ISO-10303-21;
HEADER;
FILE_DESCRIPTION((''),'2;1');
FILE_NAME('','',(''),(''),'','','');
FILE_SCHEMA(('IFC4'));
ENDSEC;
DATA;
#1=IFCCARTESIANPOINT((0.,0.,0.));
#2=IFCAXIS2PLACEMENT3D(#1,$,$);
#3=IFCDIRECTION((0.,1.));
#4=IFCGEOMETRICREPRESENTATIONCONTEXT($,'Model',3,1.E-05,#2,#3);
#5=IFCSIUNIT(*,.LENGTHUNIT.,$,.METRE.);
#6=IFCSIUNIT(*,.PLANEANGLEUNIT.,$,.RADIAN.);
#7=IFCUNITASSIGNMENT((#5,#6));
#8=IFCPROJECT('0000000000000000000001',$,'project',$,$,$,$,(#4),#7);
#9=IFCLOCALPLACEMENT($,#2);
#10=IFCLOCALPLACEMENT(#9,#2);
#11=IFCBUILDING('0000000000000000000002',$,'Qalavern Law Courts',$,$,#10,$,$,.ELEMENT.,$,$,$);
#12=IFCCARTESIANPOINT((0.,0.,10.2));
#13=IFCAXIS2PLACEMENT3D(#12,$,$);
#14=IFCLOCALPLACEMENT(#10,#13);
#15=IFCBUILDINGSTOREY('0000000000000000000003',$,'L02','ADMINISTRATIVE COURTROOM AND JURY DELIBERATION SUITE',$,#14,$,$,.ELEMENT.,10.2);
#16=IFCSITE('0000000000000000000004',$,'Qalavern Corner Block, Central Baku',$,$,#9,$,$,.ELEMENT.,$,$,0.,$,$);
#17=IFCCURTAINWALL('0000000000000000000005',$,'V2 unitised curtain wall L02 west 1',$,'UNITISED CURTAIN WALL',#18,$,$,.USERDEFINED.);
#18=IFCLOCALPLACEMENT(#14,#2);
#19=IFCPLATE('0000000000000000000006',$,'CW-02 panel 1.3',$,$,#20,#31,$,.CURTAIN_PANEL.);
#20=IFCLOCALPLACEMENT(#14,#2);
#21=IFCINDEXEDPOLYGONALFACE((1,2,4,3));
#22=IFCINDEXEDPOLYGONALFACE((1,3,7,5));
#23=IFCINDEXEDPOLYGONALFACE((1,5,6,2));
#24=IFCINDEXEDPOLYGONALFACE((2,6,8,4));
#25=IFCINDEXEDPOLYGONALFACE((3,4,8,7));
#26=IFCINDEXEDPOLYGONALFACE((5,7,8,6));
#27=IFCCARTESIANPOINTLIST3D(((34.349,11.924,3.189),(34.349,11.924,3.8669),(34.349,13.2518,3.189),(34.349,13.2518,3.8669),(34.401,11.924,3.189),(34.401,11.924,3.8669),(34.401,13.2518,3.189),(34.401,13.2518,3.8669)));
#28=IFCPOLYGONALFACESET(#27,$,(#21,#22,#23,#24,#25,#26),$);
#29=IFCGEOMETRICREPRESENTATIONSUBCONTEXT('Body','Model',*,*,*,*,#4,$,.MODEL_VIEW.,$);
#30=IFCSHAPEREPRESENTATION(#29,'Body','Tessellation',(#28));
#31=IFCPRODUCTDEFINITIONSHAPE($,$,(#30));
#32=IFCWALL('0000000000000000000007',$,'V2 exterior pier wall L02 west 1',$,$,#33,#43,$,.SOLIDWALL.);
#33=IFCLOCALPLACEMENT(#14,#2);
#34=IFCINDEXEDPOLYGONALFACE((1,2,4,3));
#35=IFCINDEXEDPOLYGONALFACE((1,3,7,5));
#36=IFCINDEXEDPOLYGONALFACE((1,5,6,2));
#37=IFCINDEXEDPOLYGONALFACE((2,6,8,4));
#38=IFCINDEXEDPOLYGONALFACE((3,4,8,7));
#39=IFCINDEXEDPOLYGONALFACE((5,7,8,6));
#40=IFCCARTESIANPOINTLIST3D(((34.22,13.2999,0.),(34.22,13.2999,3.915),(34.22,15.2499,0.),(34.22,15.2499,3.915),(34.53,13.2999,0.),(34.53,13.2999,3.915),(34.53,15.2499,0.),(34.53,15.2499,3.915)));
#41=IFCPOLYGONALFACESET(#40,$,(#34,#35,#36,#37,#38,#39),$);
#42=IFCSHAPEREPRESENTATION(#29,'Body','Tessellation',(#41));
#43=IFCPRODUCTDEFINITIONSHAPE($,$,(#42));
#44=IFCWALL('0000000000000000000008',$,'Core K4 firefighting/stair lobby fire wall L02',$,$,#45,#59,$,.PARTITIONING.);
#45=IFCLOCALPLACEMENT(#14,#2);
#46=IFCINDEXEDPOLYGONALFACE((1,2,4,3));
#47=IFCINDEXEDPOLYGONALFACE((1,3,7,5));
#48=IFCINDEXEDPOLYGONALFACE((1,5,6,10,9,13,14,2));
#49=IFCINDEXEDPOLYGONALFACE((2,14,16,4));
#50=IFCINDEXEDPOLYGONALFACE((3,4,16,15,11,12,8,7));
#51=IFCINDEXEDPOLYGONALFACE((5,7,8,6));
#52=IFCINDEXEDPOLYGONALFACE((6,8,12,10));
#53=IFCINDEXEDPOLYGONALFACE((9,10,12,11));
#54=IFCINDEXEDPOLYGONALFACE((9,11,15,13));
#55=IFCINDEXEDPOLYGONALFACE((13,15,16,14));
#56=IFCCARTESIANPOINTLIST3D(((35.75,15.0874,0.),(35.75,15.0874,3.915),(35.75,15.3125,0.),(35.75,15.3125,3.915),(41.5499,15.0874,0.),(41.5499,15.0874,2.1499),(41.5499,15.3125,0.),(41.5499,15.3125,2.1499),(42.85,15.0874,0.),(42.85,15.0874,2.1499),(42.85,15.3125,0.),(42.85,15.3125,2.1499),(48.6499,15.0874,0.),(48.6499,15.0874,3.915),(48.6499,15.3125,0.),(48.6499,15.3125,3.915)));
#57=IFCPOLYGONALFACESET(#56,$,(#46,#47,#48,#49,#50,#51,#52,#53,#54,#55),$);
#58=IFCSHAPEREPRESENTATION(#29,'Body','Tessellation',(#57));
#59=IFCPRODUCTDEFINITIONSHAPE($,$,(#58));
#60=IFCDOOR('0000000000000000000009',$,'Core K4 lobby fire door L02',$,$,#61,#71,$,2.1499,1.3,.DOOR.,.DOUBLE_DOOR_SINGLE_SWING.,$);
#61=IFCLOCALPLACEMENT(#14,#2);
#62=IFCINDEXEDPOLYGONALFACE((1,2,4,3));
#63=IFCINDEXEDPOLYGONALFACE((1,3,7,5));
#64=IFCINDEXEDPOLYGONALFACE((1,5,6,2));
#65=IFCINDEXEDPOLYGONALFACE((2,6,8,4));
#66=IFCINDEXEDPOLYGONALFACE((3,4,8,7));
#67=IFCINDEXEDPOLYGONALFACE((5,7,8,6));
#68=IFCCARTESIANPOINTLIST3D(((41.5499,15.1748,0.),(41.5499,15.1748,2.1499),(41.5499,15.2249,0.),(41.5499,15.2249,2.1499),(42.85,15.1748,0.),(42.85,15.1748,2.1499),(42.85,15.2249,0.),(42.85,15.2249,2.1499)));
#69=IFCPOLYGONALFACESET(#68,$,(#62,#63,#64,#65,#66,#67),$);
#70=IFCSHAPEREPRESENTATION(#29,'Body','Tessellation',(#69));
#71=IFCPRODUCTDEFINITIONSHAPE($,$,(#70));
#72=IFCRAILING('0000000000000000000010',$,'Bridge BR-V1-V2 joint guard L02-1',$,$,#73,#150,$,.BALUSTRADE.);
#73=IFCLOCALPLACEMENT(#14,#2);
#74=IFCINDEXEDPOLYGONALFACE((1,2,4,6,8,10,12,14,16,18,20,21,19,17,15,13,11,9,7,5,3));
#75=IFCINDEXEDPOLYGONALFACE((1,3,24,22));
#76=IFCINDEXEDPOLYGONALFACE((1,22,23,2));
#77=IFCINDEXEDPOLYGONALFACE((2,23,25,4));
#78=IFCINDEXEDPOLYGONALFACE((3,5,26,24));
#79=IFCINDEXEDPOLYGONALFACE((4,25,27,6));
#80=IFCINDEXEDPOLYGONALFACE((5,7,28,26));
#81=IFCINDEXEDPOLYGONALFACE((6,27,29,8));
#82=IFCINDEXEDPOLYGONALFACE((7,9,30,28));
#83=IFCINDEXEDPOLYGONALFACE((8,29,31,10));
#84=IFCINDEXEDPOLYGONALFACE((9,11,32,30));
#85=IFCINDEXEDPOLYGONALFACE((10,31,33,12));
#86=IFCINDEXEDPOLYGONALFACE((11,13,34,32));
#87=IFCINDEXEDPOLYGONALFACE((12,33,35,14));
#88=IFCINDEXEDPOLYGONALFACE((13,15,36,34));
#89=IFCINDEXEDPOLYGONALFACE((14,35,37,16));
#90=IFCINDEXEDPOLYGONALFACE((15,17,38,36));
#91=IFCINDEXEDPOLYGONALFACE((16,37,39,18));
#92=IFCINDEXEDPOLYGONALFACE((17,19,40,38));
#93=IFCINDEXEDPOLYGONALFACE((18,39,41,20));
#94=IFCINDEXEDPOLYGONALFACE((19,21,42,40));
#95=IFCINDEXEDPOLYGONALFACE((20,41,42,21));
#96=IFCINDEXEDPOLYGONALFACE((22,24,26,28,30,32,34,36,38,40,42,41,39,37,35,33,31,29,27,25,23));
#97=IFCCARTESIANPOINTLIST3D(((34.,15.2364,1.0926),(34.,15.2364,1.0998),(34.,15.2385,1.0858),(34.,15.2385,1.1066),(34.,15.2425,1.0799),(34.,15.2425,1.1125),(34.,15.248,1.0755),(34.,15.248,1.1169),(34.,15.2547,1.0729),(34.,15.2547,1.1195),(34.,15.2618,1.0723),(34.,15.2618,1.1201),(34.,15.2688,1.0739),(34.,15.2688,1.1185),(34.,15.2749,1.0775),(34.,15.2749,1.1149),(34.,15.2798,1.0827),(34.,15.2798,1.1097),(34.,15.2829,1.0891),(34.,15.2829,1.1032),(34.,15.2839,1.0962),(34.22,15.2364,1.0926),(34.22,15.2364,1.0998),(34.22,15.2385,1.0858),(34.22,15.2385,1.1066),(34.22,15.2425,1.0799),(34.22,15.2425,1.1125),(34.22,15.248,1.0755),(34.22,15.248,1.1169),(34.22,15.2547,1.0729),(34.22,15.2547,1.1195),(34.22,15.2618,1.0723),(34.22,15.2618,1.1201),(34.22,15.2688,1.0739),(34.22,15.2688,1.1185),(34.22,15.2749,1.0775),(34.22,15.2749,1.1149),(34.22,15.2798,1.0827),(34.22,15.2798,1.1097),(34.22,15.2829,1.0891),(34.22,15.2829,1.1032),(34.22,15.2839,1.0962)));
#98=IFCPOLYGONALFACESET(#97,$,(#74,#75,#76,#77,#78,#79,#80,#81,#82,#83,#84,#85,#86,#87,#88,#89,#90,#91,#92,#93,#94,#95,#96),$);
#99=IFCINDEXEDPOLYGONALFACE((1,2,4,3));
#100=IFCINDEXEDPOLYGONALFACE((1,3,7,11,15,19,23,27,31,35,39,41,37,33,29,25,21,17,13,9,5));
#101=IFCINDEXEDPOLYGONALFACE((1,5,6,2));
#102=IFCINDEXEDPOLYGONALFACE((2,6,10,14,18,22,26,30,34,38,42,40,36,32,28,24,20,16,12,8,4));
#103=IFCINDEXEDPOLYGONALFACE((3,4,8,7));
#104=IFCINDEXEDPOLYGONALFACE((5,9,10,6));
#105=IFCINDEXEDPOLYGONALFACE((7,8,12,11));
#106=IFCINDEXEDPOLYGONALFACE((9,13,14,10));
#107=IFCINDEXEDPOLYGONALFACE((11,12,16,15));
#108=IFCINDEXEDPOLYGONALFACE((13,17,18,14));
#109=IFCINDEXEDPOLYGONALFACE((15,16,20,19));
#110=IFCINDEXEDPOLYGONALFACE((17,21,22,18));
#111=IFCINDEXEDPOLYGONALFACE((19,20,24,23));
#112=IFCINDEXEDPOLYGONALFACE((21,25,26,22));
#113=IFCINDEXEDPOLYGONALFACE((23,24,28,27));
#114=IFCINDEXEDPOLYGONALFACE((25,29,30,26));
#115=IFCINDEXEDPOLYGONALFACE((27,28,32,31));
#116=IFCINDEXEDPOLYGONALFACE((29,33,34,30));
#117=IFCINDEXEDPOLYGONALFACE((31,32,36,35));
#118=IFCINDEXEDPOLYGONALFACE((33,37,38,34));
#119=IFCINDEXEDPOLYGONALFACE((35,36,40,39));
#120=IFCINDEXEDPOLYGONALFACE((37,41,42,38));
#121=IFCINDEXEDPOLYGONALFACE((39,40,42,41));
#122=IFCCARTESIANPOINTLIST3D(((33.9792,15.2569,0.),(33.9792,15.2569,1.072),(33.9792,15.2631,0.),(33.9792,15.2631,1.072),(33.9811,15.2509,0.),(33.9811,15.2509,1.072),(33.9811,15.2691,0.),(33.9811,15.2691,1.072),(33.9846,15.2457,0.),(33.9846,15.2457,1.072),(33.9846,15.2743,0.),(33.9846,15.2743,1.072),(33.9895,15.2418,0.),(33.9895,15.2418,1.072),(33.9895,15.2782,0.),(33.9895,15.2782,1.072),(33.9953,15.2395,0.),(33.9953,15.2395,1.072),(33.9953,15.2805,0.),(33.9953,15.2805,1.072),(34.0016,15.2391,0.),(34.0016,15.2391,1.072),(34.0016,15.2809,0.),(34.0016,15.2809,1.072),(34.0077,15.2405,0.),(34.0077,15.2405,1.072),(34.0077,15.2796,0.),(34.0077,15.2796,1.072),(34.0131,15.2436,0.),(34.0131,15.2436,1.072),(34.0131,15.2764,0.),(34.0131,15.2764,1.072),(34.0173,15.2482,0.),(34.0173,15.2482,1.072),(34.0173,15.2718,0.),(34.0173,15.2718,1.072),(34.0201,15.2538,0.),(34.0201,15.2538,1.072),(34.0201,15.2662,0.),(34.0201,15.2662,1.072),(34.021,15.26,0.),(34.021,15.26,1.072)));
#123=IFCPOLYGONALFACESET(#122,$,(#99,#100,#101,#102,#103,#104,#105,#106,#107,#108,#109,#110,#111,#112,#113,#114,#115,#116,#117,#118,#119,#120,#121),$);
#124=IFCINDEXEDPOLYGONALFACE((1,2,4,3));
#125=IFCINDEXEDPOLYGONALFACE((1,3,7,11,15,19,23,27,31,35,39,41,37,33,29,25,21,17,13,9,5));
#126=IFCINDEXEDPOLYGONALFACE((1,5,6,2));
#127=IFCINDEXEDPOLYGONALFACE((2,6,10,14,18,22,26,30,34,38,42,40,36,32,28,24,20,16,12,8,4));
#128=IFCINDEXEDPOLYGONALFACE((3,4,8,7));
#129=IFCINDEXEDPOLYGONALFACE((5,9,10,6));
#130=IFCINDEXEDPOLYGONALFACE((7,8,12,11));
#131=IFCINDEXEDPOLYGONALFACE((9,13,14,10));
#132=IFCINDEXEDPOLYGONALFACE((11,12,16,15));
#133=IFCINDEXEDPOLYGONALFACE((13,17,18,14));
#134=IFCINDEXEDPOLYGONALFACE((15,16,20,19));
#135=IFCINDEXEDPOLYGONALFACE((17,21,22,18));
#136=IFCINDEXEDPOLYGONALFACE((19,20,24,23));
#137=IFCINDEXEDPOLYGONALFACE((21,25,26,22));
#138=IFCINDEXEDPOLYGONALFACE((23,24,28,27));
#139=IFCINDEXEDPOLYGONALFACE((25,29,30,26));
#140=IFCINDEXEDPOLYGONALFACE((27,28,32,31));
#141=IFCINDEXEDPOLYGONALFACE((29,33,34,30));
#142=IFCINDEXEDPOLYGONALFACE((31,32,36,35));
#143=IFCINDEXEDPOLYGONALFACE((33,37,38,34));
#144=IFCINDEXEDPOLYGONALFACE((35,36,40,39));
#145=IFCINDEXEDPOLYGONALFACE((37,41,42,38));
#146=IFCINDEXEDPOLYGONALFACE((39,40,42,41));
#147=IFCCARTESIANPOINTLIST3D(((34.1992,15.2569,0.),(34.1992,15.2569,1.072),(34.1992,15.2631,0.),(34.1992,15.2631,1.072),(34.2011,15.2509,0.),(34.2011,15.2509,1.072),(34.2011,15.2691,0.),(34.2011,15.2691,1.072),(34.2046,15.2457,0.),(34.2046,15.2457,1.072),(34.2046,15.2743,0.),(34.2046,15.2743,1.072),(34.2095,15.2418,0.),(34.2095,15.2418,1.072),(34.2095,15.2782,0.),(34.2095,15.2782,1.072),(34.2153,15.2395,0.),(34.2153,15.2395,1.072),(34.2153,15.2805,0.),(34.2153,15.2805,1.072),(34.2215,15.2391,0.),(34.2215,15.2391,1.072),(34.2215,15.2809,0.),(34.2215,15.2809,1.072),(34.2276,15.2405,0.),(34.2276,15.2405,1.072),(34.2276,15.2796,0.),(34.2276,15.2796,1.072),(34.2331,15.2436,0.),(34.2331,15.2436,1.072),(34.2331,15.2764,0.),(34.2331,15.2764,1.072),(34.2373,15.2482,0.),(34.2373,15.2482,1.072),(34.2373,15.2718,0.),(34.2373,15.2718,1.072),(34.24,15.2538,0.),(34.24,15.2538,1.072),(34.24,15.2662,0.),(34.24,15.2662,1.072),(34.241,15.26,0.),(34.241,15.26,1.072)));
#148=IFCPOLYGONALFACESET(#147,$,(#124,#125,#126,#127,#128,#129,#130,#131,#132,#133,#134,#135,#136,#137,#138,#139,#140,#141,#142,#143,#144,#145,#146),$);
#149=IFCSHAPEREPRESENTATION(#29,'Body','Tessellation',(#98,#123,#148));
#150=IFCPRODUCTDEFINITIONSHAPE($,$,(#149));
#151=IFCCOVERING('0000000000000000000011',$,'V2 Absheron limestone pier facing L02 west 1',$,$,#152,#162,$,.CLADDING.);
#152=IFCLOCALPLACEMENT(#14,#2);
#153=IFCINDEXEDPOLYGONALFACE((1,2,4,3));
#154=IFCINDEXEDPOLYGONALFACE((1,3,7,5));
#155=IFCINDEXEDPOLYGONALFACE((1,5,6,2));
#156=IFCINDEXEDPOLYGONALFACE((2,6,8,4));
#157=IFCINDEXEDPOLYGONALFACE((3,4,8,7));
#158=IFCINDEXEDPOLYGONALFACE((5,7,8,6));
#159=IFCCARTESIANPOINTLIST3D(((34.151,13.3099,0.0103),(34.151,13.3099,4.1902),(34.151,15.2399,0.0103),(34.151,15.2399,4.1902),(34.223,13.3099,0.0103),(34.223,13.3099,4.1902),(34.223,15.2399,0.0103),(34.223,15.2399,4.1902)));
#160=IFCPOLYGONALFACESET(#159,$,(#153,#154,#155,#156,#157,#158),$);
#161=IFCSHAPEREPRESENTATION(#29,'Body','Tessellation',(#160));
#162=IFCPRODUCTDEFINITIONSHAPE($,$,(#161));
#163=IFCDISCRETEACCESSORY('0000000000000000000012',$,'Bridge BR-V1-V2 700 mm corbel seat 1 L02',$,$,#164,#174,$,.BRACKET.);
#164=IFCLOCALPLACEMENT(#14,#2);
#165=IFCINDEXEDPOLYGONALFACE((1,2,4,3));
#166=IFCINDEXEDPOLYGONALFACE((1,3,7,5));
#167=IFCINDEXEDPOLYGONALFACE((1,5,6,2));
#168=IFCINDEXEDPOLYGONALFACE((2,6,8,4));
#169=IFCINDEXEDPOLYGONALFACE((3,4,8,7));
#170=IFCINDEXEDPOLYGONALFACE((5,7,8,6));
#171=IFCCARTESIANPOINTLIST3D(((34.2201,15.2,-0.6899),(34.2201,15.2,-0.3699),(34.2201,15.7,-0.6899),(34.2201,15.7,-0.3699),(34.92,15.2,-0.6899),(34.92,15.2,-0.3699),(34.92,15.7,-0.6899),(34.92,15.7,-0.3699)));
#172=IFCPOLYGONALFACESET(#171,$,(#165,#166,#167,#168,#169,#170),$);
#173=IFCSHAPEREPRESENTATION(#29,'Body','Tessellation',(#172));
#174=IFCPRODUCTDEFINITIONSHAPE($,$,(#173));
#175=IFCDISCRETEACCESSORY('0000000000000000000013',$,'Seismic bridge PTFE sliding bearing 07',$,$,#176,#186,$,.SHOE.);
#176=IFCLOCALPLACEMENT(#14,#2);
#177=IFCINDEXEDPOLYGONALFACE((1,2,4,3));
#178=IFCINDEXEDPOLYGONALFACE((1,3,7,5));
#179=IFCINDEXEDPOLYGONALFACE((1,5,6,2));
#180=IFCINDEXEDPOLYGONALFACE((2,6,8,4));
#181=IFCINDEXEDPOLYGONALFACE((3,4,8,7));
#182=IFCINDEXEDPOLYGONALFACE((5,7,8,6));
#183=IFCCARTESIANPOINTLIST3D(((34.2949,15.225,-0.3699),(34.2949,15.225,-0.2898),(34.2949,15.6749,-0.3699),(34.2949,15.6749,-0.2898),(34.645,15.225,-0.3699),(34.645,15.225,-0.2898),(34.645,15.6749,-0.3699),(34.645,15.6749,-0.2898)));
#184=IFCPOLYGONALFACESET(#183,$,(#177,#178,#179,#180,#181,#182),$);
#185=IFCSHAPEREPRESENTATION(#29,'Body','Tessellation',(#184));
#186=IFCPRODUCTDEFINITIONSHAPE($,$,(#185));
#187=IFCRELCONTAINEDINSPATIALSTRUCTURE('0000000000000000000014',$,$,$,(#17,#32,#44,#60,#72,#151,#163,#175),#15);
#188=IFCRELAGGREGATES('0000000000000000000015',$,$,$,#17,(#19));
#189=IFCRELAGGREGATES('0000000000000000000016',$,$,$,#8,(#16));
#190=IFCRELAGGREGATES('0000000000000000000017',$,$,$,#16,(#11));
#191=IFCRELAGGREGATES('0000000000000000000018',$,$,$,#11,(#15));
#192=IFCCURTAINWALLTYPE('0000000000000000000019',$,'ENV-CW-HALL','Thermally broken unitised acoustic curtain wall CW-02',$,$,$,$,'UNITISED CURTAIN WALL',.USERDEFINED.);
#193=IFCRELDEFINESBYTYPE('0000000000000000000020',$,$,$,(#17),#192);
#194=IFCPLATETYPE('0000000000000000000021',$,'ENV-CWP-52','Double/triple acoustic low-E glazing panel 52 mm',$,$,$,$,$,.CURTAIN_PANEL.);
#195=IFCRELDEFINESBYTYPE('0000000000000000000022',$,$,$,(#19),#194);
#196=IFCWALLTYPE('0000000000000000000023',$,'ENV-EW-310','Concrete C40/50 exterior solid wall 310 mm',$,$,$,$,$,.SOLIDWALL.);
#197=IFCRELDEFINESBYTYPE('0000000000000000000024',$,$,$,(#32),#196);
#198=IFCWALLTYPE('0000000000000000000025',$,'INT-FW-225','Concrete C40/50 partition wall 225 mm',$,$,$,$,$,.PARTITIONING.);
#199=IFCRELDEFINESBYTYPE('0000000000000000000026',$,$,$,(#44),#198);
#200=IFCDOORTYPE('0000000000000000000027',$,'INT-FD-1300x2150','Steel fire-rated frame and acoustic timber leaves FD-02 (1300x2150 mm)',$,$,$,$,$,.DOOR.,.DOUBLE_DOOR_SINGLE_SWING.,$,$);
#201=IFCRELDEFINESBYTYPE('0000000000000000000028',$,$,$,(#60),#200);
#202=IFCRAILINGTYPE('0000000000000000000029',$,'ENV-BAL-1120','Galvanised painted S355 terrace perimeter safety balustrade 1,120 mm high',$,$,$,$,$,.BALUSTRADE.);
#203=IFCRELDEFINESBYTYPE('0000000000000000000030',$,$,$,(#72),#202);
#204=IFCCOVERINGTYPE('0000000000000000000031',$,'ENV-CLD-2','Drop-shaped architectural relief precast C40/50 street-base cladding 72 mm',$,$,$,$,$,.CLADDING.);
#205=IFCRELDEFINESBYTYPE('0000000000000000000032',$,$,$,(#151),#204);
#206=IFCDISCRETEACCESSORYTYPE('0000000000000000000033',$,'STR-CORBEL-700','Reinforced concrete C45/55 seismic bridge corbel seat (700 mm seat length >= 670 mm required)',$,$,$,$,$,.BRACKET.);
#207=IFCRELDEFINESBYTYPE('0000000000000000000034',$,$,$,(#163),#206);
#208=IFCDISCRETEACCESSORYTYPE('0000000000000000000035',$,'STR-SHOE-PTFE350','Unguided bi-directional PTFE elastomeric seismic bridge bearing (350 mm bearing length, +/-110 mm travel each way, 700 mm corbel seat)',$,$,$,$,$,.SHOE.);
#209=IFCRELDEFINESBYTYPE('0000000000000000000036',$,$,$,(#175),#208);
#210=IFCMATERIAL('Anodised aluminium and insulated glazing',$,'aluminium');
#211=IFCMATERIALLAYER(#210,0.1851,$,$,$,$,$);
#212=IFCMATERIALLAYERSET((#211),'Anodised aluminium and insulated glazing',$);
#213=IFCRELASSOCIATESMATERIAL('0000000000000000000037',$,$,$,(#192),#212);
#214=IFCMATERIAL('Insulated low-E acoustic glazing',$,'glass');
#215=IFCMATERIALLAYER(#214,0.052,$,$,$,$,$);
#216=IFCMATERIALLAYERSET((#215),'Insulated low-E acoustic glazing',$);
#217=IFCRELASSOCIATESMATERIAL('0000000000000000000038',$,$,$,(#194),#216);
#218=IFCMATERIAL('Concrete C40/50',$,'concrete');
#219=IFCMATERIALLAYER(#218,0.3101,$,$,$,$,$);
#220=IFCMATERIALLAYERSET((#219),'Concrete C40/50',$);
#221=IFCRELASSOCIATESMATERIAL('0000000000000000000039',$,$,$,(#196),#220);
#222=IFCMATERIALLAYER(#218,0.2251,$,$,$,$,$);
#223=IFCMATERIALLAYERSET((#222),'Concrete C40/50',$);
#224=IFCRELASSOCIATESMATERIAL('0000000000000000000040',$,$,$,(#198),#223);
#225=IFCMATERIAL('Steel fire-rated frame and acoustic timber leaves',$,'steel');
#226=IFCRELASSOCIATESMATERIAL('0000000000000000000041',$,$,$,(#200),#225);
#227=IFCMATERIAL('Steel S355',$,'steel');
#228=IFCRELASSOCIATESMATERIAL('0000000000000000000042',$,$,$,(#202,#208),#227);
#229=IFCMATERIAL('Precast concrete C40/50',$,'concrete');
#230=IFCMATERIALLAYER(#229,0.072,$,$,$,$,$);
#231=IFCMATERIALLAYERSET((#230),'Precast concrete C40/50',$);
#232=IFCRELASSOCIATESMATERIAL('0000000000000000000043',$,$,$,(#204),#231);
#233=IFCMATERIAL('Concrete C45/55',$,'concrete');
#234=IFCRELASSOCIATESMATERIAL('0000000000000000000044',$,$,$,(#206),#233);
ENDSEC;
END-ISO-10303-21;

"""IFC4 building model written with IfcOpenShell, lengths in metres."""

from ifc_helpers import new_model, si_unit, direction, frame, frame_2d, origin, origin_2d, place, context, subcontext, project, spatial, rectangle, circle, extrude, material, layer, layer_set, type_object, element, fill, aggregate, save


model = new_model("IFC4")

# Units and contexts
model_context = context("Model", 3, precision=1e-05, world=origin(), true_north=direction((0.0, 1.0)))
body_context = subcontext(model_context, "Body", "Model", "MODEL_VIEW")
ifc_project = project(units=[si_unit("LENGTHUNIT", "METRE"), si_unit("PLANEANGLEUNIT", "RADIAN")], contexts=[model_context])

# Site, building, storey
site_placement = place(None, origin())
site = spatial("IfcSite", under=ifc_project, at=site_placement, Name="Qalavern Corner Block, Central Baku", CompositionType="ELEMENT", RefElevation=0.0)
building_placement = place(site_placement, origin())
building = spatial("IfcBuilding", under=site, at=building_placement, Name="Qalavern Law Courts", CompositionType="ELEMENT")
storey_placement = place(building_placement, frame((0.0, 0.0, 10.2)))
storey = spatial("IfcBuildingStorey", under=building, at=storey_placement, Name="L02", Description="ADMINISTRATIVE COURTROOM AND JURY DELIBERATION SUITE", CompositionType="ELEMENT", Elevation=10.2)

# Shared definitions
ifc_material_1 = material(Name="Concrete C45/55", Category="concrete")

# Curtain wall
ifc_material_2 = material(Name="Anodised aluminium and insulated glazing", Category="aluminium")
ifc_layer_1 = layer(ifc_material_2, 0.1851)
ifc_layer_set_1 = layer_set([ifc_layer_1], Name="Anodised aluminium and insulated glazing")
curtain_wall_type = type_object("IfcCurtainWallType", Name="ENV-CW-HALL", Description="Thermally broken unitised acoustic curtain wall CW-02", ElementType="UNITISED CURTAIN WALL", PredefinedType="USERDEFINED", material=ifc_layer_set_1)
curtain_wall_placement = place(storey_placement, origin())
curtain_wall = element("IfcCurtainWall", 1, at=curtain_wall_placement, inside=storey, type_object=curtain_wall_type, Name="V2 unitised curtain wall L02 west 1", ObjectType="UNITISED CURTAIN WALL", PredefinedType="USERDEFINED")

# Shared definitions
ifc_material_3 = material(Name="Steel S355", Category="steel")
ifc_material_4 = material(Name="Concrete C40/50", Category="concrete")

# Plate
ifc_material_5 = material(Name="Insulated low-E acoustic glazing", Category="glass")
ifc_layer_2 = layer(ifc_material_5, 0.052)
ifc_layer_set_2 = layer_set([ifc_layer_2], Name="Insulated low-E acoustic glazing")
plate_type = type_object("IfcPlateType", Name="ENV-CWP-52", Description="Double/triple acoustic low-E glazing panel 52 mm", PredefinedType="CURTAIN_PANEL", material=ifc_layer_set_2)
plate_1_placement = place(storey_placement, frame((34.375, 12.5879, 3.189), z_axis=(0.0, 0.0, 1.0), x_axis=(0.0, -1.0, 0.0)))
plate_1 = element("IfcPlate", 2, at=plate_1_placement, type_object=plate_type, Name="CW-02 panel 1.3", PredefinedType="CURTAIN_PANEL", context=body_context, shape_type="SweptSolid", body=[
    extrude(rectangle(XDim=1.3279, YDim=0.052, at=origin_2d()), origin(), (0.0, 0.0, 1.0), 0.678),
])
aggregate(curtain_wall, [plate_1])

# Wall
ifc_layer_3 = layer(ifc_material_4, 0.3101)
ifc_layer_set_3 = layer_set([ifc_layer_3], Name="Concrete C40/50")
wall_type_1 = type_object("IfcWallType", Name="ENV-EW-310", Description="Concrete C40/50 exterior solid wall 310 mm", PredefinedType="SOLIDWALL", material=ifc_layer_set_3)
wall_1_placement = place(storey_placement, frame((34.375, 15.25, 0.0), z_axis=(0.0, 0.0, 1.0), x_axis=(0.0, -1.0, 0.0)))
element("IfcWall", 3, at=wall_1_placement, inside=storey, type_object=wall_type_1, Name="V2 exterior pier wall L02 west 1", PredefinedType="SOLIDWALL", context=body_context, shape_type="SweptSolid", body=[
    extrude(rectangle(XDim=1.95, YDim=0.3101, at=frame_2d((0.9751, 0.0))), origin(), (0.0, 0.0, 1.0), 3.915),
])

# Wall, opening, door
ifc_layer_4 = layer(ifc_material_4, 0.2251)
ifc_layer_set_4 = layer_set([ifc_layer_4], Name="Concrete C40/50")
wall_type_2 = type_object("IfcWallType", Name="INT-FW-225", Description="Concrete C40/50 partition wall 225 mm", PredefinedType="PARTITIONING", material=ifc_layer_set_4)
wall_2_placement = place(storey_placement, frame((35.75, 15.2, 0.0), z_axis=(0.0, 0.0, 1.0), x_axis=(1.0, 0.0, 0.0)))
wall_2 = element("IfcWall", 4, at=wall_2_placement, inside=storey, type_object=wall_type_2, Name="Core K4 firefighting/stair lobby fire wall L02", PredefinedType="PARTITIONING", context=body_context, shape_type="SweptSolid", body=[
    extrude(rectangle(XDim=12.8999, YDim=0.2251, at=frame_2d((6.45, 0.0))), origin(), (0.0, 0.0, 1.0), 3.915),
])
opening_placement = place(wall_2_placement, frame((5.8, 0.0, 0.0)))
opening = element("IfcOpeningElement", 5, at=opening_placement, cuts=wall_2, PredefinedType="OPENING", context=body_context, shape_type="SweptSolid", body=[
    extrude(rectangle(XDim=1.3, YDim=2.1499, at=frame_2d((0.6499, 1.075))), frame((0.0, 0.1274, 0.0), z_axis=(0.0, -1.0, 0.0), x_axis=(1.0, 0.0, 0.0)), (0.0, 0.0, 1.0), 0.2549),
])
ifc_material_6 = material(Name="Steel fire-rated frame and acoustic timber leaves", Category="steel")
door_type = type_object("IfcDoorType", Name="INT-FD-1300x2150", Description="Steel fire-rated frame and acoustic timber leaves FD-02 (1300x2150 mm)", OperationType="DOUBLE_DOOR_SINGLE_SWING", PredefinedType="DOOR", material=ifc_material_6)
door_placement = place(opening_placement, origin())
door = element("IfcDoor", 6, at=door_placement, inside=storey, type_object=door_type, Name="Core K4 lobby fire door L02", OperationType="DOUBLE_DOOR_SINGLE_SWING", OverallHeight=2.1499, OverallWidth=1.3, PredefinedType="DOOR", context=body_context, shape_type="SweptSolid", body=[
    extrude(rectangle(XDim=1.3, YDim=2.1499, at=frame_2d((0.6499, 1.075))), frame((0.0, 0.0249, 0.0), z_axis=(0.0, -1.0, 0.0), x_axis=(1.0, 0.0, 0.0)), (0.0, 0.0, 1.0), 0.05),
])
fill(opening, door)

# Railing
railing_type = type_object("IfcRailingType", Name="ENV-BAL-1120", Description="Galvanised painted S355 terrace perimeter safety balustrade 1,120 mm high", PredefinedType="BALUSTRADE", material=ifc_material_3)
railing_placement = place(storey_placement, frame((34.0, 15.26, 0.0)))
element("IfcRailing", 7, at=railing_placement, inside=storey, type_object=railing_type, Name="Bridge BR-V1-V2 joint guard L02-1", PredefinedType="BALUSTRADE", context=body_context, shape_type="SweptSolid", body=[
    extrude(circle(Radius=0.0239, at=origin_2d()), frame((0.0, 0.0, 1.0962), z_axis=(1.0, 0.0, 0.0), x_axis=(0.0, 1.0, 0.0)), (0.0, 0.0, 1.0), 0.22),
    extrude(circle(Radius=0.021, at=origin_2d()), origin(), (0.0, 0.0, 1.0), 1.072),
    extrude(circle(Radius=0.021, at=origin_2d()), frame((0.22, 0.0, 0.0)), (0.0, 0.0, 1.0), 1.072),
])

# Covering
ifc_material_7 = material(Name="Precast concrete C40/50", Category="concrete")
ifc_layer_5 = layer(ifc_material_7, 0.072)
ifc_layer_set_5 = layer_set([ifc_layer_5], Name="Precast concrete C40/50")
covering_type = type_object("IfcCoveringType", Name="ENV-CLD-2", Description="Drop-shaped architectural relief precast C40/50 street-base cladding 72 mm", PredefinedType="CLADDING", material=ifc_layer_set_5)
covering_placement = place(storey_placement, frame((34.187, 14.2749, 0.0103), z_axis=(0.0, 0.0, 1.0), x_axis=(0.0, -1.0, 0.0)))
element("IfcCovering", 8, at=covering_placement, inside=storey, type_object=covering_type, Name="V2 Absheron limestone pier facing L02 west 1", PredefinedType="CLADDING", context=body_context, shape_type="SweptSolid", body=[
    extrude(rectangle(XDim=1.9299, YDim=0.072, at=origin_2d()), origin(), (0.0, 0.0, 1.0), 4.1799),
])

# Discrete accessories
discrete_accessory_type_1 = type_object("IfcDiscreteAccessoryType", Name="STR-CORBEL-700", Description="Reinforced concrete C45/55 seismic bridge corbel seat (700 mm seat length >= 670 mm required)", PredefinedType="BRACKET", material=ifc_material_1)
discrete_accessory_1_placement = place(storey_placement, frame((34.5701, 15.45, -0.6899), z_axis=(0.0, 0.0, 1.0), x_axis=(1.0, 0.0, 0.0)))
element("IfcDiscreteAccessory", 9, at=discrete_accessory_1_placement, inside=storey, type_object=discrete_accessory_type_1, Name="Bridge BR-V1-V2 700 mm corbel seat 1 L02", PredefinedType="BRACKET", context=body_context, shape_type="SweptSolid", body=[
    extrude(rectangle(XDim=0.7, YDim=0.5, at=origin_2d()), origin(), (0.0, 0.0, 1.0), 0.3201),
])
discrete_accessory_type_2 = type_object("IfcDiscreteAccessoryType", Name="STR-SHOE-PTFE350", Description="Unguided bi-directional PTFE elastomeric seismic bridge bearing (350 mm bearing length, +/-110 mm travel each way, 700 mm corbel seat)", PredefinedType="SHOE", material=ifc_material_3)
discrete_accessory_2_placement = place(storey_placement, frame((34.47, 15.45, -0.3699), z_axis=(0.0, 0.0, 1.0), x_axis=(1.0, 0.0, 0.0)))
element("IfcDiscreteAccessory", 10, at=discrete_accessory_2_placement, inside=storey, type_object=discrete_accessory_type_2, Name="Seismic bridge PTFE sliding bearing 07", PredefinedType="SHOE", context=body_context, shape_type="SweptSolid", body=[
    extrude(rectangle(XDim=0.3501, YDim=0.45, at=origin_2d()), origin(), (0.0, 0.0, 1.0), 0.0801),
])

save(model, "model.ifc")
